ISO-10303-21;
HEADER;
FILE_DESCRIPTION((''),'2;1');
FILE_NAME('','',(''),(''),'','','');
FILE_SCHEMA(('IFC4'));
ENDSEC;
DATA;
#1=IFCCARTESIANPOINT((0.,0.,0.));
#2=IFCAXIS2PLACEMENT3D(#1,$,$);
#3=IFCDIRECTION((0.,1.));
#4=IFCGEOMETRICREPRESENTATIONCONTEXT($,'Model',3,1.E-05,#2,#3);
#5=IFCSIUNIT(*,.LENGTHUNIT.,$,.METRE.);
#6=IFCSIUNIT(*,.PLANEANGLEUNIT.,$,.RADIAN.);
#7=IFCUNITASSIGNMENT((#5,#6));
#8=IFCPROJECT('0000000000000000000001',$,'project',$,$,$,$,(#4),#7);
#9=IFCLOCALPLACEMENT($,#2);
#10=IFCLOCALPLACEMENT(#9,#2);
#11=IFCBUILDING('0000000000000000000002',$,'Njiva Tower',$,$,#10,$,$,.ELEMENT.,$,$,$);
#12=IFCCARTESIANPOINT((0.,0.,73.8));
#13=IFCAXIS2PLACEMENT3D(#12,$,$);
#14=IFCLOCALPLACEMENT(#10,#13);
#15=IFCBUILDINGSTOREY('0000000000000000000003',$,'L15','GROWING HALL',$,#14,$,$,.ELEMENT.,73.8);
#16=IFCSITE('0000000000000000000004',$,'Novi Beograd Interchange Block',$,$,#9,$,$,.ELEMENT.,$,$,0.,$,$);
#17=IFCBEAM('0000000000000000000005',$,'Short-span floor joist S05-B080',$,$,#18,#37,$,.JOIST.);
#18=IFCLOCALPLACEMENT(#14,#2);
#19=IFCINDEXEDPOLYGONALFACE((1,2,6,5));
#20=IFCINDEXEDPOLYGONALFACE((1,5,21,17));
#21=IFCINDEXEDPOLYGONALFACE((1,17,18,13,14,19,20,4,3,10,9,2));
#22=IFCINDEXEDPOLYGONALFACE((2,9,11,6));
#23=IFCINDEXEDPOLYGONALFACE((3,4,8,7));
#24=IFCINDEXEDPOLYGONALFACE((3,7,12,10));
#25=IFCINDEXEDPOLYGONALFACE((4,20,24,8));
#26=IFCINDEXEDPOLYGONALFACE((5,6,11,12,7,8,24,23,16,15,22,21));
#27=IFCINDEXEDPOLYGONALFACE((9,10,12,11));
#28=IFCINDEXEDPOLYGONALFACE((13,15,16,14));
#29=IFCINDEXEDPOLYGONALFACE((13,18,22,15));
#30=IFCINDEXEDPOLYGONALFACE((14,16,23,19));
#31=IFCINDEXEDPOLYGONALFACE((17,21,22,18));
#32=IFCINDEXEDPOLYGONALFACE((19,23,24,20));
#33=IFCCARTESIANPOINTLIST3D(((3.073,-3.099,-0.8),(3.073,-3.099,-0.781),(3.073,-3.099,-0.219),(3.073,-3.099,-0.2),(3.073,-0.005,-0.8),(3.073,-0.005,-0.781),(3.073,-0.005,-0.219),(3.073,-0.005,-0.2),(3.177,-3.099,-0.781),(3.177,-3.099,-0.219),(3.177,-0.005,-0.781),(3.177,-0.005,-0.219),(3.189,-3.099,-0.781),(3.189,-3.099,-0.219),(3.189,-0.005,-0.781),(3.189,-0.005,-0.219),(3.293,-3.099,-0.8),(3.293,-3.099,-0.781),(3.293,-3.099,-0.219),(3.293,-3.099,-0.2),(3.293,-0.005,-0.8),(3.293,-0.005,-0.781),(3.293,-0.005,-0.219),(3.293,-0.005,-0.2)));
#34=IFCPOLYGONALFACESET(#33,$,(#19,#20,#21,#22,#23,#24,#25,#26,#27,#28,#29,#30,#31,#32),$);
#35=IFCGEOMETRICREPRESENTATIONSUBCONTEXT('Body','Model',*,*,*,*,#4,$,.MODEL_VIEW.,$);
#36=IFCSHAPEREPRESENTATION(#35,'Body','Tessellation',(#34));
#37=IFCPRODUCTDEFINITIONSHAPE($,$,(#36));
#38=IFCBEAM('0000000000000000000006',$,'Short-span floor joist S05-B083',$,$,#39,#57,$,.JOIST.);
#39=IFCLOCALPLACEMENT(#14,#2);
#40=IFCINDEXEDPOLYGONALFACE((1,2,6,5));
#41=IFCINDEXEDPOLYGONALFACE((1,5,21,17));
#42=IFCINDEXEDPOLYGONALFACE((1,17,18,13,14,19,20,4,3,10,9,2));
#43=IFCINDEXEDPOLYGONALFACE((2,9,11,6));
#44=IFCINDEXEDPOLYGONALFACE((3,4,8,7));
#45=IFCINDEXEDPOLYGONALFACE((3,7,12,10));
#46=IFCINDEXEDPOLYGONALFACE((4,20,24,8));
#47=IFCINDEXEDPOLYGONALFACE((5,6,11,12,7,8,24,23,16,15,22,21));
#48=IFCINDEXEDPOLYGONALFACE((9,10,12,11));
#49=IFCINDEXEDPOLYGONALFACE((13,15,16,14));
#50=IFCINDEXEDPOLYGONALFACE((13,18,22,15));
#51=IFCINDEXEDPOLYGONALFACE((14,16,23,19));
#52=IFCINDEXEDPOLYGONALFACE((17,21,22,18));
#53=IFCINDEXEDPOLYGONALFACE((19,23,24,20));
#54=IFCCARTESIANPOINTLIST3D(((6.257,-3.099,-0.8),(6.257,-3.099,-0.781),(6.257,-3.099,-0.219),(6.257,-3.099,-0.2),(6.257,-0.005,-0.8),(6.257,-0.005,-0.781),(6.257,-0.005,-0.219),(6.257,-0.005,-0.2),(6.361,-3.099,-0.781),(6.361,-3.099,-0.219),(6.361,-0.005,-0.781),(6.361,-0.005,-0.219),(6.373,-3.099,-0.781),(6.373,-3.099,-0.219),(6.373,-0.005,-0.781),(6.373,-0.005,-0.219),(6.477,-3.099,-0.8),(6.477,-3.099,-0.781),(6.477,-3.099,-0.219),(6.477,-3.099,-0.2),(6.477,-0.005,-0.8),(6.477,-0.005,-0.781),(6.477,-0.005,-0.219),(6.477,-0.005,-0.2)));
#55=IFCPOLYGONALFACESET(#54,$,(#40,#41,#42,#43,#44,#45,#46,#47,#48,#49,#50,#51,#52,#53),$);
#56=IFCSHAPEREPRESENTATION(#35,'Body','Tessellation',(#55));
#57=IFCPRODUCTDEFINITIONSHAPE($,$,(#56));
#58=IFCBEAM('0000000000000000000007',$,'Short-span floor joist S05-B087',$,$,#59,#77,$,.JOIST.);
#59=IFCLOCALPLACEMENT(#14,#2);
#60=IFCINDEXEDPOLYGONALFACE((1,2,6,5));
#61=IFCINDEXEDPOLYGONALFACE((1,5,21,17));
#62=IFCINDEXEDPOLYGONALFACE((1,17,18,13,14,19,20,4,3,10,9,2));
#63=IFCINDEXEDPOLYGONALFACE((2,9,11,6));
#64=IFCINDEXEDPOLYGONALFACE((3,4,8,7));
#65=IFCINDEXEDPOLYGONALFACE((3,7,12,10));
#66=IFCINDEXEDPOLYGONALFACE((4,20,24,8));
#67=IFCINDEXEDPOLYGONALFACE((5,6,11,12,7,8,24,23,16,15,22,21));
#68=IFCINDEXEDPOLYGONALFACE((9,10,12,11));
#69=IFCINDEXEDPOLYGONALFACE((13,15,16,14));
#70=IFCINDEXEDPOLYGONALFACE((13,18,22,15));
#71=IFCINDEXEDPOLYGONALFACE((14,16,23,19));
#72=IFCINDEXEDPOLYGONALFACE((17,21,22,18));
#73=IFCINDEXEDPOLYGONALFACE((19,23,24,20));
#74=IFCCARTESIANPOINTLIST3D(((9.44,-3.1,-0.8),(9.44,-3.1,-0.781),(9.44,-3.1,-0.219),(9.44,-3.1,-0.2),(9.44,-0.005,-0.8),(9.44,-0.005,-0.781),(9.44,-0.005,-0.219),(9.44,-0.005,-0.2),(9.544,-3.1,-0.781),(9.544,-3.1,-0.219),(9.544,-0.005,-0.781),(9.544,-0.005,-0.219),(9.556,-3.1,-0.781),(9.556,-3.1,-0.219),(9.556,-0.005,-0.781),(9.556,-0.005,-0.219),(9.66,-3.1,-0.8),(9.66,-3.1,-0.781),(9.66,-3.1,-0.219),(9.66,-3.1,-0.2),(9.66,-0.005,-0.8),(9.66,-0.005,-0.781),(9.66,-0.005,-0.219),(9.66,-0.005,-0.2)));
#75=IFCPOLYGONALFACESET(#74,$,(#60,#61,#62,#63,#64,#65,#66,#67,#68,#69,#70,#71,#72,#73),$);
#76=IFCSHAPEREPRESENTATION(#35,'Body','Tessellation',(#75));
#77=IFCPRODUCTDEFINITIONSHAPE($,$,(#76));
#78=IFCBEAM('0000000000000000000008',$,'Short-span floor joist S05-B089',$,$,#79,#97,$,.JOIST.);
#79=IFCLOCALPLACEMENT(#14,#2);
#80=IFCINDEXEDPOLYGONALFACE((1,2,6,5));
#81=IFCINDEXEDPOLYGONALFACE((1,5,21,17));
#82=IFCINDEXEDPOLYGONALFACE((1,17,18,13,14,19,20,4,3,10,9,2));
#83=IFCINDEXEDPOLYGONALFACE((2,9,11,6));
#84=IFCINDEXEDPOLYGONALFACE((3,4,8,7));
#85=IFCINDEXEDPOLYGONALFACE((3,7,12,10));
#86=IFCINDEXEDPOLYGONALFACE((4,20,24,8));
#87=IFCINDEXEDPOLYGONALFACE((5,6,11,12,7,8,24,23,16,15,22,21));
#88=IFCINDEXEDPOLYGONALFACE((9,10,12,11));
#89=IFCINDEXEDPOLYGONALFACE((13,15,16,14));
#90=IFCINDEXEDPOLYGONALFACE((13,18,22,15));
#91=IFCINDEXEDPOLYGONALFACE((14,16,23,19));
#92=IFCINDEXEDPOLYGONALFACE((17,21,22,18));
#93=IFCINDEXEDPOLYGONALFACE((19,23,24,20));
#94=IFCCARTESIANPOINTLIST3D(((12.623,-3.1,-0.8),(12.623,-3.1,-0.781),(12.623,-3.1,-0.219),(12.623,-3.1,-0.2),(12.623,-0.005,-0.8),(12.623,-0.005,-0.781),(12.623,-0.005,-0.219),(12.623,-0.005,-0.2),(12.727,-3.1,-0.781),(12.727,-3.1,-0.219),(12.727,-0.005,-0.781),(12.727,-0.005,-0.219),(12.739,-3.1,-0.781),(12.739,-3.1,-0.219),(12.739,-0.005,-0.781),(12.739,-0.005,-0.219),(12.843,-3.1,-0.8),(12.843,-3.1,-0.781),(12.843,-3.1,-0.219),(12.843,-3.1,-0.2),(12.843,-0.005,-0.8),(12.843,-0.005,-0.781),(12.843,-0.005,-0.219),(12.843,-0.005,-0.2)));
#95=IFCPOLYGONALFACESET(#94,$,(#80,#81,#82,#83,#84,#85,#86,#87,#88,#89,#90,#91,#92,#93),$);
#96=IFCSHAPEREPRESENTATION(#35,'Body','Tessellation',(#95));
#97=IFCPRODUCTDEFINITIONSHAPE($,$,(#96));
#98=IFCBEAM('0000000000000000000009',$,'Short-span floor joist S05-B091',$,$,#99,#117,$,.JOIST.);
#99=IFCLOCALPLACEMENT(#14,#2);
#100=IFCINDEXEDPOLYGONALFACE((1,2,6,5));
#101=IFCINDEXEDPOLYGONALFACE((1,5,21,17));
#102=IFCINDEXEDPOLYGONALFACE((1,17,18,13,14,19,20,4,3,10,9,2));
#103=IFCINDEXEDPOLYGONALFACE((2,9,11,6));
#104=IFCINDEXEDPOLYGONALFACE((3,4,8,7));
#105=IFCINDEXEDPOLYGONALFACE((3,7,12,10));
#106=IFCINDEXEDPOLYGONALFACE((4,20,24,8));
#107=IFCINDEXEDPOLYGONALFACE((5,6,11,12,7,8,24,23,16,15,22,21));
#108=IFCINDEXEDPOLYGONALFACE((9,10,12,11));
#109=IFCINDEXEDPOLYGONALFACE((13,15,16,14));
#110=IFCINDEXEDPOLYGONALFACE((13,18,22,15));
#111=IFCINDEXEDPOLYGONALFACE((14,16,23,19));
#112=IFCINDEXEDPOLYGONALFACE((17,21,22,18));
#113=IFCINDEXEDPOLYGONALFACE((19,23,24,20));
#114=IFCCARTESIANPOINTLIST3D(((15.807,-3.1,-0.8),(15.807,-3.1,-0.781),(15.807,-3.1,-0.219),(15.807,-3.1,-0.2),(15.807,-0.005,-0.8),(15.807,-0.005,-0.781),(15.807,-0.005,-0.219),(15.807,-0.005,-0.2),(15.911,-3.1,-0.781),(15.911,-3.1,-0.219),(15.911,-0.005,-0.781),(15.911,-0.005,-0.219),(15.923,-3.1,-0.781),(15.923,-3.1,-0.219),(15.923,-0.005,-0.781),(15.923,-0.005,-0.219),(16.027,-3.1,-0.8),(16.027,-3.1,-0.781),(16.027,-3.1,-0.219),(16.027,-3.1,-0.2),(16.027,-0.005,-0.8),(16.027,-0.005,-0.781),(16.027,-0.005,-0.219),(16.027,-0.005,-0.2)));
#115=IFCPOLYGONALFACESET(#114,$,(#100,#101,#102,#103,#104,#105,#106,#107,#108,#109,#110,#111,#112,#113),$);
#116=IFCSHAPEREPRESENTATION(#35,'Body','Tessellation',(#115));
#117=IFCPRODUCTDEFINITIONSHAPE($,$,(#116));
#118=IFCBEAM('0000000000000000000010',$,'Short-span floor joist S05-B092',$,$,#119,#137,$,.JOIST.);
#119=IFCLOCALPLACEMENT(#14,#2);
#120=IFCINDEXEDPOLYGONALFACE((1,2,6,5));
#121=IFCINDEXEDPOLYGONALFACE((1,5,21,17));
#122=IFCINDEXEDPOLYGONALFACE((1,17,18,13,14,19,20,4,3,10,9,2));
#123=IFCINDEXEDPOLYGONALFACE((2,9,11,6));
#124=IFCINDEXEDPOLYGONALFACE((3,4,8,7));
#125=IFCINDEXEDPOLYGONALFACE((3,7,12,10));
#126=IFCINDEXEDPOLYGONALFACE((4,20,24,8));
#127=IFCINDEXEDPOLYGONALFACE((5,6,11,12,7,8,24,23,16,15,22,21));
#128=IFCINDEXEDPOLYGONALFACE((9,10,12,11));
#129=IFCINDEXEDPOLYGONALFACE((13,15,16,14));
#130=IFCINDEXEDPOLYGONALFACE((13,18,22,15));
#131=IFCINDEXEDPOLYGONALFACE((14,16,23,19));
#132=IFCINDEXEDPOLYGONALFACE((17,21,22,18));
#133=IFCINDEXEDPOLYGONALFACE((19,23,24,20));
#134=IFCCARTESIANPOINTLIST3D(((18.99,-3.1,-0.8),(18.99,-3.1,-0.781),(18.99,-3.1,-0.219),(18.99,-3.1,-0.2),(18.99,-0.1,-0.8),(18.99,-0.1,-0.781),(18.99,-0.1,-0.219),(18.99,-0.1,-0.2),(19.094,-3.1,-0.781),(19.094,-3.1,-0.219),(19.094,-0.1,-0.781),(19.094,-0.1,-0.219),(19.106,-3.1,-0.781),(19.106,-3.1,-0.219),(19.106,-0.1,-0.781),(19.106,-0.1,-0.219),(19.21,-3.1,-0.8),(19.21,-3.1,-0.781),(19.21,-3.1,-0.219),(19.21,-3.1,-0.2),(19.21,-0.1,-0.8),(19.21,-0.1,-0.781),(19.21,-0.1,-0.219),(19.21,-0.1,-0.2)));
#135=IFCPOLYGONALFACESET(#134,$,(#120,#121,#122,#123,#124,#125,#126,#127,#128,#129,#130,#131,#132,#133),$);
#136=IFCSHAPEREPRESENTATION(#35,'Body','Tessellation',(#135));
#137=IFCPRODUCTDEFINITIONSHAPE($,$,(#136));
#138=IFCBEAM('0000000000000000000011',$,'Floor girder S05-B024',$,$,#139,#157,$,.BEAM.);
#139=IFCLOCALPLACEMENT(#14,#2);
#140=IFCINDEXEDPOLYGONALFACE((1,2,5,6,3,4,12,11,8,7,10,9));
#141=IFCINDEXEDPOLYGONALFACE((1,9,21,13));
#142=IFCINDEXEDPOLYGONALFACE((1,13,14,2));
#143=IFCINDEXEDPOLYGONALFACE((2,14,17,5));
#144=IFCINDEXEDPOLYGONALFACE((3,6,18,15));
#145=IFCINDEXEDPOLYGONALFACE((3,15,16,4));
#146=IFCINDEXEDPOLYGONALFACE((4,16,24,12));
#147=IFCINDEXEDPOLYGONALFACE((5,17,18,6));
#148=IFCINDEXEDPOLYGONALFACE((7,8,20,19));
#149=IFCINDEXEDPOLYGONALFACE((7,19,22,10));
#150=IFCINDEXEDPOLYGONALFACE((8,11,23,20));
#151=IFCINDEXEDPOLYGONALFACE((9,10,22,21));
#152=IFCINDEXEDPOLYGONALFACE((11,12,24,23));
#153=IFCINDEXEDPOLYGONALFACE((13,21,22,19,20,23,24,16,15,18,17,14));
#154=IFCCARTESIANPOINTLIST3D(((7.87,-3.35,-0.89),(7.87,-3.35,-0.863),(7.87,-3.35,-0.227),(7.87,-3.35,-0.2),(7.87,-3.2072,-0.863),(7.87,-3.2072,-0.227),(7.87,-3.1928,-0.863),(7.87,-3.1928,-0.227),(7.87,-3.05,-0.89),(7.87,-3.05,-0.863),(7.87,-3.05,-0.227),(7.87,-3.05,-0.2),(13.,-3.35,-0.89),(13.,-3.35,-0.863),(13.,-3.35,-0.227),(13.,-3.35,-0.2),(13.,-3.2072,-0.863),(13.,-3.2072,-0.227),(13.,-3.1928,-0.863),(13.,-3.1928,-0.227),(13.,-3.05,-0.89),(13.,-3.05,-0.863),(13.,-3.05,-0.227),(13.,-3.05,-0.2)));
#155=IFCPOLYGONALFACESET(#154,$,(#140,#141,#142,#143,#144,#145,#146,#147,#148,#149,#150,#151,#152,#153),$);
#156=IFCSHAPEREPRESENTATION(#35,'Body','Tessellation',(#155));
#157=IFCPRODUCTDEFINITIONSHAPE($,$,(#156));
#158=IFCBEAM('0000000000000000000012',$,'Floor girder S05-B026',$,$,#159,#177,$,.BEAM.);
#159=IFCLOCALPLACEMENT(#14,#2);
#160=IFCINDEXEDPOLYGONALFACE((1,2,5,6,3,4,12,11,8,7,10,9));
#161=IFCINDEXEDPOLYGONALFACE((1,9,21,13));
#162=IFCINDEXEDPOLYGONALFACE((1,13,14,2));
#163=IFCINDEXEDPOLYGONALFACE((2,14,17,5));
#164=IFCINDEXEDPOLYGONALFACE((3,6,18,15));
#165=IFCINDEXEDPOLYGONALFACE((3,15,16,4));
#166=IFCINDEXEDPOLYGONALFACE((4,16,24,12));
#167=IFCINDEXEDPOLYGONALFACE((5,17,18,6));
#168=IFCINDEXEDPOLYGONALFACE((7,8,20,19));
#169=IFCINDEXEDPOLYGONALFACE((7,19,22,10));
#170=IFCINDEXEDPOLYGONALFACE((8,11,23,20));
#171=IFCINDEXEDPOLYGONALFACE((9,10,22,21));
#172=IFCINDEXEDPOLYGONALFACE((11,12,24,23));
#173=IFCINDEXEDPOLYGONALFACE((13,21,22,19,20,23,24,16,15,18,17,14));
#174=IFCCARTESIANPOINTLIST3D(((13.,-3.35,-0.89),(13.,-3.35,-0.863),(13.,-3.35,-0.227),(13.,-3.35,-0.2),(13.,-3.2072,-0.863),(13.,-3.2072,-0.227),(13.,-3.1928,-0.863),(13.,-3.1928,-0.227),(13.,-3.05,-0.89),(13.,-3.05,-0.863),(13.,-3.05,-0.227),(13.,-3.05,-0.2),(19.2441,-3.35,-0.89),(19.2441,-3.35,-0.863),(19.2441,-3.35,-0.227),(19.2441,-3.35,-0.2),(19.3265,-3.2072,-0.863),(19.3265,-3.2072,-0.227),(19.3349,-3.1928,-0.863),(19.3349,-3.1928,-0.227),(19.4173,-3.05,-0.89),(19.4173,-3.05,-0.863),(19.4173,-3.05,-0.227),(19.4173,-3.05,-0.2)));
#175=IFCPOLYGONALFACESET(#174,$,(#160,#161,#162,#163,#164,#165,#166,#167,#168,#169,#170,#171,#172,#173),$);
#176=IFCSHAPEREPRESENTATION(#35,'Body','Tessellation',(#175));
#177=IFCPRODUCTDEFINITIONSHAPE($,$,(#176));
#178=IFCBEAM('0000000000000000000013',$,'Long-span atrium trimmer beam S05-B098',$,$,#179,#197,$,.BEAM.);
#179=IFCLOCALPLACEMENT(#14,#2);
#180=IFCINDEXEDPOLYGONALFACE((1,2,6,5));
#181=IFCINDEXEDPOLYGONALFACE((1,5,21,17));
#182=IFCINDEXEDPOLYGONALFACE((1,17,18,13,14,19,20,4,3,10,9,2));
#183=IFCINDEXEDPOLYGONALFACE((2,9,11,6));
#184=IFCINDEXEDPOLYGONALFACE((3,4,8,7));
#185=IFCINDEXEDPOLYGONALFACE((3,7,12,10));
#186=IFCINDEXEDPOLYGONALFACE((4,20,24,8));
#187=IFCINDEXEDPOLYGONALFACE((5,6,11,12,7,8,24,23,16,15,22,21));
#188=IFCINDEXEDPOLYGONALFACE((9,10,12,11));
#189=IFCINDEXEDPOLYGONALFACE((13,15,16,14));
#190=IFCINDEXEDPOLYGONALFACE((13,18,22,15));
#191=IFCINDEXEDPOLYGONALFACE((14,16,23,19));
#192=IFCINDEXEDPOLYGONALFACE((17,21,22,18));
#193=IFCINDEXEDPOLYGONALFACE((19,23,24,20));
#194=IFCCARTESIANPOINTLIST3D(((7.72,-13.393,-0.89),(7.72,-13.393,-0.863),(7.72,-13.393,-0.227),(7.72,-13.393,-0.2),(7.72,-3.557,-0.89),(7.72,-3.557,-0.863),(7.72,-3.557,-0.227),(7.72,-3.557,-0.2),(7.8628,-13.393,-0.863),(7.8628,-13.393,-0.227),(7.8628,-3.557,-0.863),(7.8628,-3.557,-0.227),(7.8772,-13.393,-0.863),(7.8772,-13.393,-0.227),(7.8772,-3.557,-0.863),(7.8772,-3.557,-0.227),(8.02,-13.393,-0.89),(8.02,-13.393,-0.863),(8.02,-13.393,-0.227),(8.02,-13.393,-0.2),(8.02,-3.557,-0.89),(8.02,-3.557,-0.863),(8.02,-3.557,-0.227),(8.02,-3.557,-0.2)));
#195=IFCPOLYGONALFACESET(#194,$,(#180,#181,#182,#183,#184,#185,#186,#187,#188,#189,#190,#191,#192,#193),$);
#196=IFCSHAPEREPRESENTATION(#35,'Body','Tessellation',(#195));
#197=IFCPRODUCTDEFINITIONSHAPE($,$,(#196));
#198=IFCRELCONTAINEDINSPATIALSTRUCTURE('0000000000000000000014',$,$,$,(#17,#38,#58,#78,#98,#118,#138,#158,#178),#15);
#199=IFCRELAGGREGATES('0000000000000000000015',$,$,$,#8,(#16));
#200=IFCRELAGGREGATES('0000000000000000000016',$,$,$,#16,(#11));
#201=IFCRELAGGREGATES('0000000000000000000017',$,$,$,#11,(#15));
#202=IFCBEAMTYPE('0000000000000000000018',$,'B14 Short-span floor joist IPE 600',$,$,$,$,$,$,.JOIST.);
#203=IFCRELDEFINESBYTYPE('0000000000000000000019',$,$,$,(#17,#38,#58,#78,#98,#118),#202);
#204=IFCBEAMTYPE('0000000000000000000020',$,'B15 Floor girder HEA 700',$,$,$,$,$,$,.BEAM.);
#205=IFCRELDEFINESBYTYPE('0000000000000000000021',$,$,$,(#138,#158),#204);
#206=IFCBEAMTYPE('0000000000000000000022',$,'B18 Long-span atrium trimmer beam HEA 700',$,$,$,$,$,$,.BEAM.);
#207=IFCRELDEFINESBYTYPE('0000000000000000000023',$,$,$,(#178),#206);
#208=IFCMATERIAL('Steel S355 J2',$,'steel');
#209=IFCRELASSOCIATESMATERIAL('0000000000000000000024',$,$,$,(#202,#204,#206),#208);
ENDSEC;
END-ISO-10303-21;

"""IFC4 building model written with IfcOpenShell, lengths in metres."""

from ifc_helpers import new_model, si_unit, direction, frame, origin, origin_2d, place, context, subcontext, project, spatial, i_section, extrude, clip, halfspace, material, material_profile, profile_set, type_object, element, save


model = new_model("IFC4")

# Units and contexts
model_context = context("Model", 3, precision=1e-05, world=origin(), true_north=direction((0.0, 1.0)))
body_context = subcontext(model_context, "Body", "Model", "MODEL_VIEW")
ifc_project = project(units=[si_unit("LENGTHUNIT", "METRE"), si_unit("PLANEANGLEUNIT", "RADIAN")], contexts=[model_context])

# Site, building, storey
site_placement = place(None, origin())
site = spatial("IfcSite", under=ifc_project, at=site_placement, Name="Novi Beograd Interchange Block", CompositionType="ELEMENT", RefElevation=0.0)
building_placement = place(site_placement, origin())
building = spatial("IfcBuilding", under=site, at=building_placement, Name="Njiva Tower", CompositionType="ELEMENT")
storey_placement = place(building_placement, frame((0.0, 0.0, 73.8)))
storey = spatial("IfcBuildingStorey", under=building, at=storey_placement, Name="L15", Description="GROWING HALL", CompositionType="ELEMENT", Elevation=73.8)

# Shared definitions
ifc_material_1 = material(Name="Steel S355 J2", Category="steel")

# Beams
ifc_material_profile_1 = material_profile(ifc_material_1, i_section(OverallWidth=0.22, OverallDepth=0.6, WebThickness=0.012, FlangeThickness=0.019, at=origin_2d()), Name="IPE 600")
ifc_profile_set_1 = profile_set([ifc_material_profile_1], Name="Steel S355 J2")
beam_type_1 = type_object("IfcBeamType", Name="B14 Short-span floor joist IPE 600", PredefinedType="JOIST", material=ifc_profile_set_1)
for number, where, z_axis, x_axis, name in (
    (1, (3.183, -0.005, -0.5), (0.0, -1.0, 0.0), (1.0, 0.0, 0.0), "Short-span floor joist S05-B080"),
    (2, (6.367, -0.005, -0.5), (0.0, -1.0, 0.0), (1.0, 0.0, 0.0), "Short-span floor joist S05-B083"),
):
    element("IfcBeam", number, at=place(storey_placement, frame(where, z_axis=z_axis, x_axis=x_axis)), inside=storey, type_object=beam_type_1, Name=name, PredefinedType="JOIST", context=body_context, shape_type="SweptSolid", body=[
        extrude(i_section(OverallWidth=0.22, OverallDepth=0.6, WebThickness=0.012, FlangeThickness=0.019, at=origin_2d()), origin(), (0.0, 0.0, 1.0), 3.094),
    ])
for number, where, z_axis, x_axis, name in (
    (3, (9.55, -0.005, -0.5), (0.0, -1.0, 0.0), (1.0, 0.0, 0.0), "Short-span floor joist S05-B087"),
    (4, (12.733, -0.005, -0.5), (0.0, -1.0, 0.0), (1.0, 0.0, 0.0), "Short-span floor joist S05-B089"),
    (5, (15.917, -0.005, -0.5), (0.0, -1.0, 0.0), (1.0, 0.0, 0.0), "Short-span floor joist S05-B091"),
):
    element("IfcBeam", number, at=place(storey_placement, frame(where, z_axis=z_axis, x_axis=x_axis)), inside=storey, type_object=beam_type_1, Name=name, PredefinedType="JOIST", context=body_context, shape_type="SweptSolid", body=[
        extrude(i_section(OverallWidth=0.22, OverallDepth=0.6, WebThickness=0.012, FlangeThickness=0.019, at=origin_2d()), origin(), (0.0, 0.0, 1.0), 3.095),
    ])
beam_1_placement = place(storey_placement, frame((19.1, -0.1, -0.5), z_axis=(0.0, -1.0, 0.0), x_axis=(1.0, 0.0, 0.0)))
element("IfcBeam", 6, at=beam_1_placement, inside=storey, type_object=beam_type_1, Name="Short-span floor joist S05-B092", PredefinedType="JOIST", context=body_context, shape_type="SweptSolid", body=[
    extrude(i_section(OverallWidth=0.22, OverallDepth=0.6, WebThickness=0.012, FlangeThickness=0.019, at=origin_2d()), origin(), (0.0, 0.0, 1.0), 3.0),
])
ifc_material_profile_2 = material_profile(ifc_material_1, i_section(OverallWidth=0.3, OverallDepth=0.69, WebThickness=0.0145, FlangeThickness=0.027, at=origin_2d()), Name="HEA 700")
ifc_profile_set_2 = profile_set([ifc_material_profile_2], Name="Steel S355 J2")
beam_type_2 = type_object("IfcBeamType", Name="B15 Floor girder HEA 700", PredefinedType="BEAM", material=ifc_profile_set_2)
beam_2_placement = place(storey_placement, frame((7.87, -3.2, -0.545), z_axis=(1.0, 0.0, 0.0), x_axis=(0.0, 1.0, 0.0)))
element("IfcBeam", 7, at=beam_2_placement, inside=storey, type_object=beam_type_2, Name="Floor girder S05-B024", PredefinedType="BEAM", context=body_context, shape_type="SweptSolid", body=[
    extrude(i_section(OverallWidth=0.3, OverallDepth=0.69, WebThickness=0.0145, FlangeThickness=0.027, at=origin_2d()), origin(), (0.0, 0.0, 1.0), 5.13),
])
beam_3_placement = place(storey_placement, frame((13.0, -3.2, -0.545), z_axis=(1.0, 0.0, 0.0), x_axis=(0.0, 1.0, 0.0)))
element("IfcBeam", 8, at=beam_3_placement, inside=storey, type_object=beam_type_2, Name="Floor girder S05-B026", PredefinedType="BEAM", context=body_context, shape_type="Clipping", body=[
    clip(extrude(i_section(OverallWidth=0.3, OverallDepth=0.69, WebThickness=0.0145, FlangeThickness=0.027, at=origin_2d()), origin(), (0.0, 0.0, 1.0), 6.438), halfspace(frame((-0.025, 0.0, 6.3163), z_axis=(-0.499998, 0.0, 0.866027), x_axis=(0.0, 1.0, 0.0)), False)),
])
ifc_material_profile_3 = material_profile(ifc_material_1, i_section(OverallWidth=0.3, OverallDepth=0.69, WebThickness=0.0145, FlangeThickness=0.027, at=origin_2d()), Name="HEA 700")
ifc_profile_set_3 = profile_set([ifc_material_profile_3], Name="Steel S355 J2")
beam_type_3 = type_object("IfcBeamType", Name="B18 Long-span atrium trimmer beam HEA 700", PredefinedType="BEAM", material=ifc_profile_set_3)
beam_4_placement = place(storey_placement, frame((7.87, -13.393, -0.545), z_axis=(0.0, 1.0, 0.0), x_axis=(-1.0, 0.0, 0.0)))
element("IfcBeam", 9, at=beam_4_placement, inside=storey, type_object=beam_type_3, Name="Long-span atrium trimmer beam S05-B098", PredefinedType="BEAM", context=body_context, shape_type="SweptSolid", body=[
    extrude(i_section(OverallWidth=0.3, OverallDepth=0.69, WebThickness=0.0145, FlangeThickness=0.027, at=origin_2d()), origin(), (0.0, 0.0, 1.0), 9.836),
])

save(model, "model.ifc")
